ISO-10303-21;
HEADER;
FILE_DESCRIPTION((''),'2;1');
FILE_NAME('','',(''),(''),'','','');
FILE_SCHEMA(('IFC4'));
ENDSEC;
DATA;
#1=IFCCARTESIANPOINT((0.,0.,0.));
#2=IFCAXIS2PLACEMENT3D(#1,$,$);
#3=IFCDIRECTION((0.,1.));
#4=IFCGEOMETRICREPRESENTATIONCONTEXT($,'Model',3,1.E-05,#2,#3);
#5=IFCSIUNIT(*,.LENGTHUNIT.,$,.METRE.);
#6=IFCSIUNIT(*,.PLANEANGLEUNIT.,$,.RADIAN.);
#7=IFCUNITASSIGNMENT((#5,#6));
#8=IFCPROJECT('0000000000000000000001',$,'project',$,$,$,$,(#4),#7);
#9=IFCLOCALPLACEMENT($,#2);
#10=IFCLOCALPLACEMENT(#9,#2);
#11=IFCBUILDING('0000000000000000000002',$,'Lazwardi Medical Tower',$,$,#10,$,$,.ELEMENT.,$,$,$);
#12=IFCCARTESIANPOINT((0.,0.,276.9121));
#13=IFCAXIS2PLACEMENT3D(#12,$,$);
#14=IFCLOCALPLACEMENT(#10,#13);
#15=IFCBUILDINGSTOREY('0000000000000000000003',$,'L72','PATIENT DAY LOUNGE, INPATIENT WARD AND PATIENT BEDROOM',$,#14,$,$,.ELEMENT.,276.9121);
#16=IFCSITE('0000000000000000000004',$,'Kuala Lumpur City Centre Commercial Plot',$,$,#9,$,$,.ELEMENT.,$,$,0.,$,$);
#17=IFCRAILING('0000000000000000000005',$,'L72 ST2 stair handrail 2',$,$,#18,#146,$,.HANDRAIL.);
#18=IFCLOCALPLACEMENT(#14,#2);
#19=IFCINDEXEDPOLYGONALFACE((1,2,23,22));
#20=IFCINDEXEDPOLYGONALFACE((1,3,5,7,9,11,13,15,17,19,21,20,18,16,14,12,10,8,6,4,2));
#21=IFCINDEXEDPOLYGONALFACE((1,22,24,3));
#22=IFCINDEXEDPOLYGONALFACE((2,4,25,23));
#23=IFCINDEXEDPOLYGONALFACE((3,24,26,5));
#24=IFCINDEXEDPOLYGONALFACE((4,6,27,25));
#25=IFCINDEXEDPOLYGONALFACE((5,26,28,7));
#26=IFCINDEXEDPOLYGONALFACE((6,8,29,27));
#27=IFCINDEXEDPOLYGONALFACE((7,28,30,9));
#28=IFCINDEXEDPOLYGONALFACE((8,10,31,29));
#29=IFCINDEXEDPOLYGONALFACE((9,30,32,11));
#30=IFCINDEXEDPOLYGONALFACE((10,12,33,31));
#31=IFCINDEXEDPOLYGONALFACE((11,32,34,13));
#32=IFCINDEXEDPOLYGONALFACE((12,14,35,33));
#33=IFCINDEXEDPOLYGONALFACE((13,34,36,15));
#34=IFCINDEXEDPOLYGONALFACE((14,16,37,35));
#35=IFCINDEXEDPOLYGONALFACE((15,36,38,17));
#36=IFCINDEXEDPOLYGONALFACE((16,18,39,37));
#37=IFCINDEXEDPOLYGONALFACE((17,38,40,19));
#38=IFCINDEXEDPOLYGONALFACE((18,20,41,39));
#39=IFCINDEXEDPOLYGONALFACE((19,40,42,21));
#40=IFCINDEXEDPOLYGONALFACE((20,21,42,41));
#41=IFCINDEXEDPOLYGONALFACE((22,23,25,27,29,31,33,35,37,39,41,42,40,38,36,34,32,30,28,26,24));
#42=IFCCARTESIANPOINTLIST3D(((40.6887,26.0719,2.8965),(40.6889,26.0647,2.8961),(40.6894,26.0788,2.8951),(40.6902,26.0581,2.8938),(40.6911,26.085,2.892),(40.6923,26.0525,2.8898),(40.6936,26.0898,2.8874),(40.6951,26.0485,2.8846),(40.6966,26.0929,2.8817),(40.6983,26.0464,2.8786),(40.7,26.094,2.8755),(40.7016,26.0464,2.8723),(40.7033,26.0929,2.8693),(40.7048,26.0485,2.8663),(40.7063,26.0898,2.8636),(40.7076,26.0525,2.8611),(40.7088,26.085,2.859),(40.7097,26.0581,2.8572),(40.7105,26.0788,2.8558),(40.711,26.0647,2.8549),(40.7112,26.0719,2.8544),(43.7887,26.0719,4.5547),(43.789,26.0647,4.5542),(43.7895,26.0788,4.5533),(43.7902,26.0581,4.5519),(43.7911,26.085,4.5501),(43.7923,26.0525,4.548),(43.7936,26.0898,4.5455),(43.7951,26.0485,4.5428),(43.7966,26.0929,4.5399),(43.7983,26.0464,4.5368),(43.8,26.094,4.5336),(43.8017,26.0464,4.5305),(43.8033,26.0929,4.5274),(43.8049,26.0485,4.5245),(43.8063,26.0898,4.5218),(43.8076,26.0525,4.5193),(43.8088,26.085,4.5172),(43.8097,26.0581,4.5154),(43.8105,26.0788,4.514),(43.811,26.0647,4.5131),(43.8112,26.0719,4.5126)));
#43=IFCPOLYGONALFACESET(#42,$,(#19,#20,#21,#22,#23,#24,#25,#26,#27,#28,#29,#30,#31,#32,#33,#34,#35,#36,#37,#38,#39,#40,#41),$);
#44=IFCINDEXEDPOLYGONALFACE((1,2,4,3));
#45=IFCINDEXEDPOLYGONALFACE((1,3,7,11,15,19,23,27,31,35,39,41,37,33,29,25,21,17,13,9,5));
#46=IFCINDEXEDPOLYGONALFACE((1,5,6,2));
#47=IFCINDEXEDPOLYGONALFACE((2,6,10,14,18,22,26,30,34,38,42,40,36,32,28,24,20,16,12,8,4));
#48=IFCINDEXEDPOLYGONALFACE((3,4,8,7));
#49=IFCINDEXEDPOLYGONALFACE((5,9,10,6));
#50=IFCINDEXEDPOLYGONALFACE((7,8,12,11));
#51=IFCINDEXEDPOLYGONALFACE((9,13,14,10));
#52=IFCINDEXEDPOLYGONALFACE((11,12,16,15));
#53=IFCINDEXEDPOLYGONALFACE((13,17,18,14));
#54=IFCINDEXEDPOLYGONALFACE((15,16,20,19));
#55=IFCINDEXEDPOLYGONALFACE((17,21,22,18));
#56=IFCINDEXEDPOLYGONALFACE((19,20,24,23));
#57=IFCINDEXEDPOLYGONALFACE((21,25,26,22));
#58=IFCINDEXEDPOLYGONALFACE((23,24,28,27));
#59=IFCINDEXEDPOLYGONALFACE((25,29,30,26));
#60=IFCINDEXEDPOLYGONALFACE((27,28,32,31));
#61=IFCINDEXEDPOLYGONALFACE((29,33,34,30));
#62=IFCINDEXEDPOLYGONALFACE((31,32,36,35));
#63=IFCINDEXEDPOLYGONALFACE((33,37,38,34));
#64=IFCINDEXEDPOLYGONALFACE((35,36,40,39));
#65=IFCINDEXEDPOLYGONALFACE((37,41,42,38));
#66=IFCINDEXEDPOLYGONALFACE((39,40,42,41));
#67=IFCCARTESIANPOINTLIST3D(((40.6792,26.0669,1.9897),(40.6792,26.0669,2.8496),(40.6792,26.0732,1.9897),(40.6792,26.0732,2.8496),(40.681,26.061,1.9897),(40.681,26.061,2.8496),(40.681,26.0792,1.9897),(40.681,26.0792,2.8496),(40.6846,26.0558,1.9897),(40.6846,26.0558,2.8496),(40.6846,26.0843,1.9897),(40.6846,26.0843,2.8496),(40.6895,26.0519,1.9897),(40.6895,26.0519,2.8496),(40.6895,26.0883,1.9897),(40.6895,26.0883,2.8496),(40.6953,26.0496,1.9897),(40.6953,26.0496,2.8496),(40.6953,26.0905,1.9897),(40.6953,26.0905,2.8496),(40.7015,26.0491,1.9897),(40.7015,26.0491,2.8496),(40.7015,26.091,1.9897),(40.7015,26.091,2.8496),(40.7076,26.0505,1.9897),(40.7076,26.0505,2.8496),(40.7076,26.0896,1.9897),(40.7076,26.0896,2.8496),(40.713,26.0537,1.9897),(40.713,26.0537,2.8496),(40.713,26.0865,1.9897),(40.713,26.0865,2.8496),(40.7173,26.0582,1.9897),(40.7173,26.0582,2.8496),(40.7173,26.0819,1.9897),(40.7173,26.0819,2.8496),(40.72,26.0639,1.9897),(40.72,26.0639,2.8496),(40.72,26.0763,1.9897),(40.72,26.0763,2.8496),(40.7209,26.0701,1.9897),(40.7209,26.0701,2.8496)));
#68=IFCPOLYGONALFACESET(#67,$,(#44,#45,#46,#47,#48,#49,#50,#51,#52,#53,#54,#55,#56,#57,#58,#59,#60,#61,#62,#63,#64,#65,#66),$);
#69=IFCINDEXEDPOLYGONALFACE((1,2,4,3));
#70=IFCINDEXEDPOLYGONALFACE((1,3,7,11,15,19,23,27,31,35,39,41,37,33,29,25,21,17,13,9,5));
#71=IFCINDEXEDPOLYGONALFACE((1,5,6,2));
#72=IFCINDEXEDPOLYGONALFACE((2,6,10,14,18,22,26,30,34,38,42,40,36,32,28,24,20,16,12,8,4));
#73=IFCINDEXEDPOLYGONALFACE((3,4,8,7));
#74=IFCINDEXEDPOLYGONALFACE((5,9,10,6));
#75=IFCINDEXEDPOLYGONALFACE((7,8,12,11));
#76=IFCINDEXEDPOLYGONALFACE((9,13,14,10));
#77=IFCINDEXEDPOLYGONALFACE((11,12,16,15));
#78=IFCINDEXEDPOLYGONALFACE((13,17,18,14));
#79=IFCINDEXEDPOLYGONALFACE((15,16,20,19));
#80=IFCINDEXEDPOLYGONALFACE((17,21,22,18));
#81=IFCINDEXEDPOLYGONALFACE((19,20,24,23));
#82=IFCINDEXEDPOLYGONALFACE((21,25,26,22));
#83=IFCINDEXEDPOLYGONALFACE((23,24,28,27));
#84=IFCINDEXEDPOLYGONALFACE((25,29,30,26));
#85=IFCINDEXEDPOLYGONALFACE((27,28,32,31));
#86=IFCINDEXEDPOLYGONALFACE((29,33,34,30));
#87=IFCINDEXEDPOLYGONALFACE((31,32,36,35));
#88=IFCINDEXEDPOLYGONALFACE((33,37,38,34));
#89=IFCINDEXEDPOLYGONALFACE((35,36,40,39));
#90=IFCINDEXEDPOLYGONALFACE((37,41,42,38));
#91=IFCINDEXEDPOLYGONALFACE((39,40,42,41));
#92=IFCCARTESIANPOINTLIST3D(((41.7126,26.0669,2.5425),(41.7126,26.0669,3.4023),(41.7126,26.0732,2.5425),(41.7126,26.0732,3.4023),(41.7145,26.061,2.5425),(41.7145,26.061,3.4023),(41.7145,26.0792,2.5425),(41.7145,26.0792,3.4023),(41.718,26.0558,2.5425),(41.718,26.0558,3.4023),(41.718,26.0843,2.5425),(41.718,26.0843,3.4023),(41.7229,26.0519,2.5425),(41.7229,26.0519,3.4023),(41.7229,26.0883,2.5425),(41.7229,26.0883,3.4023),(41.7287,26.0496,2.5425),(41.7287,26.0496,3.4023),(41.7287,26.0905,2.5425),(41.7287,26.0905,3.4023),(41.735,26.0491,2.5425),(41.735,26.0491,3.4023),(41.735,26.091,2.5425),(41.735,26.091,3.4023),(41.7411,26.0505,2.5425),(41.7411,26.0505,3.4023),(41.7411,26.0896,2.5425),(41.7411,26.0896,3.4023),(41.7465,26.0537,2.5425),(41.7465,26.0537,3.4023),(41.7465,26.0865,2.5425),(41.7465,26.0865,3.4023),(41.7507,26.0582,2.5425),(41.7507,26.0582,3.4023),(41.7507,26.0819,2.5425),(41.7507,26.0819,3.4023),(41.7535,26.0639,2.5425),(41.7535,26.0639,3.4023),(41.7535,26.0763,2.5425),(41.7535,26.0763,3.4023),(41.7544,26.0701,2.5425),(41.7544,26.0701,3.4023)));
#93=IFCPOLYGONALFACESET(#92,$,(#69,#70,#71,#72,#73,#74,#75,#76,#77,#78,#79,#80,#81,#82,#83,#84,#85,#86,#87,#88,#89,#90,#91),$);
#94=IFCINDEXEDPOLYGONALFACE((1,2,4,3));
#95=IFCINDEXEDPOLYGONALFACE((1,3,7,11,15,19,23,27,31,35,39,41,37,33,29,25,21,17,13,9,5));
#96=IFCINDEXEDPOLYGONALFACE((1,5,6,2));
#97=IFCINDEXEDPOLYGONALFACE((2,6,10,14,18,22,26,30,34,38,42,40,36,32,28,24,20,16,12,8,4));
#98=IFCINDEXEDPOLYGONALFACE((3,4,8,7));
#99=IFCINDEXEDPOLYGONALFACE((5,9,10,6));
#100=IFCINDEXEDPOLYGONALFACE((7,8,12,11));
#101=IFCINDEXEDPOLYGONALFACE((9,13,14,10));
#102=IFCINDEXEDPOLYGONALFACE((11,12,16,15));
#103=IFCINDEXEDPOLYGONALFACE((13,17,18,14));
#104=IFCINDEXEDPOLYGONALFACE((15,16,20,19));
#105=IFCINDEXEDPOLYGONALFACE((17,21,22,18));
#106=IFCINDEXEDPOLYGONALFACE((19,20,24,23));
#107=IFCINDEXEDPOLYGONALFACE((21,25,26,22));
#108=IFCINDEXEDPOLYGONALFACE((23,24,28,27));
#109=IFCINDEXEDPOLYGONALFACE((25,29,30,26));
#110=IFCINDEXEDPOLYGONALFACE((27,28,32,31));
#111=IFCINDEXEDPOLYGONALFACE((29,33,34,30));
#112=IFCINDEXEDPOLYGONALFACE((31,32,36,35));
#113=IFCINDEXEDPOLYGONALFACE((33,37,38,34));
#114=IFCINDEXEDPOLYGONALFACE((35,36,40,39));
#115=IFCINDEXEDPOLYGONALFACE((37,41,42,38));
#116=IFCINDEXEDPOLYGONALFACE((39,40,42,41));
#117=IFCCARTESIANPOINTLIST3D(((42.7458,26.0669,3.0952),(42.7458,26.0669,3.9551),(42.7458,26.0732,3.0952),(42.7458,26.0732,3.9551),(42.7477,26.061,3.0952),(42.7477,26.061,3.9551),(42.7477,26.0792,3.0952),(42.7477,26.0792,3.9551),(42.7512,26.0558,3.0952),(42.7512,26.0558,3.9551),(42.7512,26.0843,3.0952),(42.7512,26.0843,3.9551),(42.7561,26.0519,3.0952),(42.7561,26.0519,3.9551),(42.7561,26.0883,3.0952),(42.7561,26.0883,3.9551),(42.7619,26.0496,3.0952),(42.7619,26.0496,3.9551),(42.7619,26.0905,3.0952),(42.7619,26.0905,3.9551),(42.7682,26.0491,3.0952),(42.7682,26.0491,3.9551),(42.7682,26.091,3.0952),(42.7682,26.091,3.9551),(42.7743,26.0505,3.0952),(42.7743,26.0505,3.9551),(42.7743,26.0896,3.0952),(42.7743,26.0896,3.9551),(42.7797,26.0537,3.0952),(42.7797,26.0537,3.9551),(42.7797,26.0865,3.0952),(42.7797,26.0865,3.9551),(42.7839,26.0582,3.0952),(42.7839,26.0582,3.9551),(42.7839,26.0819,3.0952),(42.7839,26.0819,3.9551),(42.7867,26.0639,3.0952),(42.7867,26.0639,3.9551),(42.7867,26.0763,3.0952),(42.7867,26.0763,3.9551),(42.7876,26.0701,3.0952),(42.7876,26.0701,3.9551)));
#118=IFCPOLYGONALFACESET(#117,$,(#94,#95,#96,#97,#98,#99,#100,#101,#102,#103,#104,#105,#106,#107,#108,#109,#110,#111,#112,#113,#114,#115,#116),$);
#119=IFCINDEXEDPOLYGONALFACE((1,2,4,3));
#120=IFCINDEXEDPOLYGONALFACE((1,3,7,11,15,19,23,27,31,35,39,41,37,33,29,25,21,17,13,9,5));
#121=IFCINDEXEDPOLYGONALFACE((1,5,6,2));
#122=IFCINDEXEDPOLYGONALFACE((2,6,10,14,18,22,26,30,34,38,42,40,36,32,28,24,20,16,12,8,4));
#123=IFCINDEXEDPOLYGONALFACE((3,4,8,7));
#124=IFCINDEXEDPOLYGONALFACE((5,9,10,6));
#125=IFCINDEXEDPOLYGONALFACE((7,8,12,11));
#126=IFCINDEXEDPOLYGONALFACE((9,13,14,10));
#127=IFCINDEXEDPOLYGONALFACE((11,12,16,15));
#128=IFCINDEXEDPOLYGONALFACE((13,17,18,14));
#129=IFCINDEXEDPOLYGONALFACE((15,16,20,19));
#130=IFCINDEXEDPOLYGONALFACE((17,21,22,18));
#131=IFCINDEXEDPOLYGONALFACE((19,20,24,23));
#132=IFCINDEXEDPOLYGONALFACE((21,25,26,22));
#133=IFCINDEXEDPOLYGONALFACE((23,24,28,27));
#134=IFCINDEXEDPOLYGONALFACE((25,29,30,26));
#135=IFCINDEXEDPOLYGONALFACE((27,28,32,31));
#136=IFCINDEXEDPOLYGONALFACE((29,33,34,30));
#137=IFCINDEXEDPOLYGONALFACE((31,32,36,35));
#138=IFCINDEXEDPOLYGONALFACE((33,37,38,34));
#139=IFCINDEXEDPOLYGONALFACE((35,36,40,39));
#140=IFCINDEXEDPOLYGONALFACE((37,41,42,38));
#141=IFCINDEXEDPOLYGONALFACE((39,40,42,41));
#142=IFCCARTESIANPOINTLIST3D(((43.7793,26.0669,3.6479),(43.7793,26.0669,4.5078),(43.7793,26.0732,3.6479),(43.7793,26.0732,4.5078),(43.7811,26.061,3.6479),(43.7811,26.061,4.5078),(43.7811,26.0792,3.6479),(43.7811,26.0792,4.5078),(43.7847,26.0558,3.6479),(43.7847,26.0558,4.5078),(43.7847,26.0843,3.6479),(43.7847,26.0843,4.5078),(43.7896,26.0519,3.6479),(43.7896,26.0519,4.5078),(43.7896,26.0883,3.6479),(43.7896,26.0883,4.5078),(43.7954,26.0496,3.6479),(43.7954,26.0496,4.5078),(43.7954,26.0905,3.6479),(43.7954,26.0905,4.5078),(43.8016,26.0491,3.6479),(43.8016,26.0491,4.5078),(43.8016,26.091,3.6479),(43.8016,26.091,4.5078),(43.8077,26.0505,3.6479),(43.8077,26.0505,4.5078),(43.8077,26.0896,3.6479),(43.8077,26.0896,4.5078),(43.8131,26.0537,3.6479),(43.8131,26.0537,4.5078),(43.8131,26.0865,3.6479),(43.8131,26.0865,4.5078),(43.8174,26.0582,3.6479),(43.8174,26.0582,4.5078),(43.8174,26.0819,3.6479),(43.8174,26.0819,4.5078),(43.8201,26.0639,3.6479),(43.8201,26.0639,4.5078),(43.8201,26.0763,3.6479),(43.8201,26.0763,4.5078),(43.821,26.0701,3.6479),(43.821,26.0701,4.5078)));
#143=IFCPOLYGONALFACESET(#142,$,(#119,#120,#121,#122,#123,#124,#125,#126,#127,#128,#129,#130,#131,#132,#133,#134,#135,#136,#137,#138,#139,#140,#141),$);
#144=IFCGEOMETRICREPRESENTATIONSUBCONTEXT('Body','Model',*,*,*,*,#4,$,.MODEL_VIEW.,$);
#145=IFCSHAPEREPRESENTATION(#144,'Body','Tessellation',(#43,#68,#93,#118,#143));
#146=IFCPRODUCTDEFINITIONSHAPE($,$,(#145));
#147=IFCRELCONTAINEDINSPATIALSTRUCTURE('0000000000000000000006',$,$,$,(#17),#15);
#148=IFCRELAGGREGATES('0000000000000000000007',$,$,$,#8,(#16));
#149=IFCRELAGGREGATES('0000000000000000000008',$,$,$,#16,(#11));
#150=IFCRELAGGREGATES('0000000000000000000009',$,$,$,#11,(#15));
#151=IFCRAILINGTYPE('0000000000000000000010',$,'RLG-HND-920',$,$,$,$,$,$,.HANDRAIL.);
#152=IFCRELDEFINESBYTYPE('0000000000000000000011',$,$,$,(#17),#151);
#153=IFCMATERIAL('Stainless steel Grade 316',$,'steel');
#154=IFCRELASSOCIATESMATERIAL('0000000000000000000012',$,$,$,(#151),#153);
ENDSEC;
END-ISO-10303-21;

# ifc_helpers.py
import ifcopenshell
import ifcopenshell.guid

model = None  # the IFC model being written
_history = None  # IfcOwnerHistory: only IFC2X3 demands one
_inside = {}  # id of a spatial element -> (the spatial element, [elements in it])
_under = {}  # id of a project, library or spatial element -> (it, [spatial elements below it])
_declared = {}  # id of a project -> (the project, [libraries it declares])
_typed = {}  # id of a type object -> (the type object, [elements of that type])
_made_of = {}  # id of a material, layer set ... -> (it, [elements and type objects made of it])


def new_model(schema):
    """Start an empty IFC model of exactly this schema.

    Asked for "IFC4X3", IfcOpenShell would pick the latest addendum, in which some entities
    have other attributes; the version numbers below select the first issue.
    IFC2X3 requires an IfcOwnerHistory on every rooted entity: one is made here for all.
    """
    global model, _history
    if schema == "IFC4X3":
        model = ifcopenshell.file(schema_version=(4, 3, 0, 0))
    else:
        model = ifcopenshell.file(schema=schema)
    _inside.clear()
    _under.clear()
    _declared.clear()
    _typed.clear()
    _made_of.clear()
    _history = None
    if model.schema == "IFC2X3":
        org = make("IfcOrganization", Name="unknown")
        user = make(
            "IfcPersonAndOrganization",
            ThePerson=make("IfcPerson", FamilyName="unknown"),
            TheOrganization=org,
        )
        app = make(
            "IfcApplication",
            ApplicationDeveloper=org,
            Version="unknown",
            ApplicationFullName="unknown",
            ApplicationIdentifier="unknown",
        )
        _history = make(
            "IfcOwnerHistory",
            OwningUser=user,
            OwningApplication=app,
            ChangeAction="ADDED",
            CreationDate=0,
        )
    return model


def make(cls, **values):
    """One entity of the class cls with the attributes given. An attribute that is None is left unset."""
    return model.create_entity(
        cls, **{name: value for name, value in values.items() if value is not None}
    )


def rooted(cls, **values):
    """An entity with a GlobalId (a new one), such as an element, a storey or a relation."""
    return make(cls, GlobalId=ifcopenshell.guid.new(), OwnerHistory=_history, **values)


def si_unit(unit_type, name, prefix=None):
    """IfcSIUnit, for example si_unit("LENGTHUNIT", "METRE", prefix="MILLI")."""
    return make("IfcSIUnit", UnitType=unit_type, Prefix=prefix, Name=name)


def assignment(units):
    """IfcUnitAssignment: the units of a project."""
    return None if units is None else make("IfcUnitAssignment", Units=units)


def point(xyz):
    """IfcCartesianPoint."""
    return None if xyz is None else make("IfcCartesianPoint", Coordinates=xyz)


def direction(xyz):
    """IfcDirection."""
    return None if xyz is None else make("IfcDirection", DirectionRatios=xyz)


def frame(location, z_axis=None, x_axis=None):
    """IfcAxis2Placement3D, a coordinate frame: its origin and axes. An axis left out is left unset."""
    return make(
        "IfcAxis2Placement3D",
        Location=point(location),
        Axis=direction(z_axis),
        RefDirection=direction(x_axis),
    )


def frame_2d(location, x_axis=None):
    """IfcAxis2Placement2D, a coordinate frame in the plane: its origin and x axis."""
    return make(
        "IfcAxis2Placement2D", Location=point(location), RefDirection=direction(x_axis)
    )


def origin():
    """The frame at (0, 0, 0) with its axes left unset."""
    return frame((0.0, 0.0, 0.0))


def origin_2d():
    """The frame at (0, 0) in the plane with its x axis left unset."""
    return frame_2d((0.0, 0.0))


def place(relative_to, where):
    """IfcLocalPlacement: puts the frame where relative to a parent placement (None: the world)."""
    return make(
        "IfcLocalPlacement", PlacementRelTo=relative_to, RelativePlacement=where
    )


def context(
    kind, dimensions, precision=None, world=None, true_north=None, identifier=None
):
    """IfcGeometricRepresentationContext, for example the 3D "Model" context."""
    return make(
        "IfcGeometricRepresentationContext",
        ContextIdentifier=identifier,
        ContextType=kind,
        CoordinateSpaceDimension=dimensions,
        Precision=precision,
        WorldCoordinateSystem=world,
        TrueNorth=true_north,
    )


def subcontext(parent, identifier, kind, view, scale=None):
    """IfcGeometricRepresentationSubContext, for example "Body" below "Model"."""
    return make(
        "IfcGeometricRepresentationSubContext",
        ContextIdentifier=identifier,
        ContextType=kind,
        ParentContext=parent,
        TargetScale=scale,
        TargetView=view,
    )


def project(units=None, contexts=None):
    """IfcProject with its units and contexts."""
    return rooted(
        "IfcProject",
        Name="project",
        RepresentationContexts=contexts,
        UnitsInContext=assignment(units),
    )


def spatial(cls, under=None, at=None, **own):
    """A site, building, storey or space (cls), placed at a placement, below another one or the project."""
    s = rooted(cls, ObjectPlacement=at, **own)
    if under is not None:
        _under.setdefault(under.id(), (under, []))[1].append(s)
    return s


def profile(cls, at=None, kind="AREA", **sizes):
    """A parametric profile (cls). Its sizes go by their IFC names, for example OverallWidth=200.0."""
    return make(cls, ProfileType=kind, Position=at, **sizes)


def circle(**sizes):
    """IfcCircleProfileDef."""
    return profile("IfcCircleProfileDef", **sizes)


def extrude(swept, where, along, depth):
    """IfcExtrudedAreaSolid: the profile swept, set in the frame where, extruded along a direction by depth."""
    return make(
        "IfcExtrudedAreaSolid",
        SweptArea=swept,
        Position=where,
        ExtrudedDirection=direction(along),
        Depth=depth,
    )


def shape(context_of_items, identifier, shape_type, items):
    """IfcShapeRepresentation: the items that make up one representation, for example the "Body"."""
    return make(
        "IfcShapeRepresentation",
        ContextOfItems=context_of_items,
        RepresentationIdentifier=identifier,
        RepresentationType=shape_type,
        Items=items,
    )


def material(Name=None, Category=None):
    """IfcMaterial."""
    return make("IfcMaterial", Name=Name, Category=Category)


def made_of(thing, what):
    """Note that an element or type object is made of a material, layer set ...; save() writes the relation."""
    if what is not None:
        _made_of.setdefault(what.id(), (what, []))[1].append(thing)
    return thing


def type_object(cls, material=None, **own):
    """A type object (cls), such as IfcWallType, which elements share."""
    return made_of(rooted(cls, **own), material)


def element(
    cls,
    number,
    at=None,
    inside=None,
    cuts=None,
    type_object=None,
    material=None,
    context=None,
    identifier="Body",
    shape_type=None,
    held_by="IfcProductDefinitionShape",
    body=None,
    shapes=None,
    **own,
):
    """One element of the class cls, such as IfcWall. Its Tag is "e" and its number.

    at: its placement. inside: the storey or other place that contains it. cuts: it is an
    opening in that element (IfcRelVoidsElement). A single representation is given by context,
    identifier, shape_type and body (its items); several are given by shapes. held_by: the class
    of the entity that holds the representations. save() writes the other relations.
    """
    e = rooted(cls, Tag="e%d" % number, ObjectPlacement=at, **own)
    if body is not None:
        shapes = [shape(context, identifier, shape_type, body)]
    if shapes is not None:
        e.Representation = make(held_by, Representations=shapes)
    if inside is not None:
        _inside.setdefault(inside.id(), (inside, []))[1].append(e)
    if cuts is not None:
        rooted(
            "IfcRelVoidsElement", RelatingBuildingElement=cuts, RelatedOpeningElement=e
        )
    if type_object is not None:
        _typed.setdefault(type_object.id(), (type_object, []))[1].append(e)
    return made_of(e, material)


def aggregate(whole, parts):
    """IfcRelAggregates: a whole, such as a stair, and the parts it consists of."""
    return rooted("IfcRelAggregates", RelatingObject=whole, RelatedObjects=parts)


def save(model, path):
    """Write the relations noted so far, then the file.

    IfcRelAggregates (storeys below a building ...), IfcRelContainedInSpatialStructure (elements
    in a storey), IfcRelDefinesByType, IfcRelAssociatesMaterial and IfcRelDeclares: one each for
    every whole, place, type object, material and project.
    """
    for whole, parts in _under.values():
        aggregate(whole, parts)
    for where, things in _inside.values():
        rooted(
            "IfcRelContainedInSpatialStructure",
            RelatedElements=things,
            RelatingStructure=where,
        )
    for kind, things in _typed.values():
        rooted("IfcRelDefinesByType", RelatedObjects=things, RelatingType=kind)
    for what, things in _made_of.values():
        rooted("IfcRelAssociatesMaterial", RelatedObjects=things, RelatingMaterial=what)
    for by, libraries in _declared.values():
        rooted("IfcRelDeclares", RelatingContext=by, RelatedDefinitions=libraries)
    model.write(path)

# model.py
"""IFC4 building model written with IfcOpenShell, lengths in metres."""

from ifc_helpers import new_model, si_unit, direction, frame, origin, origin_2d, place, context, subcontext, project, spatial, circle, extrude, material, type_object, element, save


model = new_model("IFC4")

# Units and contexts
model_context = context("Model", 3, precision=1e-05, world=origin(), true_north=direction((0.0, 1.0)))
body_context = subcontext(model_context, "Body", "Model", "MODEL_VIEW")
ifc_project = project(units=[si_unit("LENGTHUNIT", "METRE"), si_unit("PLANEANGLEUNIT", "RADIAN")], contexts=[model_context])

# Site, building, storey
site_placement = place(None, origin())
site = spatial("IfcSite", under=ifc_project, at=site_placement, Name="Kuala Lumpur City Centre Commercial Plot", CompositionType="ELEMENT", RefElevation=0.0)
building_placement = place(site_placement, origin())
building = spatial("IfcBuilding", under=site, at=building_placement, Name="Lazwardi Medical Tower", CompositionType="ELEMENT")
storey_placement = place(building_placement, frame((0.0, 0.0, 276.9121)))
storey = spatial("IfcBuildingStorey", under=building, at=storey_placement, Name="L72", Description="PATIENT DAY LOUNGE, INPATIENT WARD AND PATIENT BEDROOM", CompositionType="ELEMENT", Elevation=276.9121)

# Railing
ifc_material_1 = material(Name="Stainless steel Grade 316", Category="steel")
railing_type_1 = type_object("IfcRailingType", Name="RLG-HND-920", PredefinedType="HANDRAIL", material=ifc_material_1)
railing_1_placement = place(storey_placement, frame((40.7, 26.0701, 1.9897)))
element("IfcRailing", 1, at=railing_1_placement, inside=storey, type_object=railing_type_1, Name="L72 ST2 stair handrail 2", PredefinedType="HANDRAIL", context=body_context, shape_type="SweptSolid", body=[
    extrude(circle(Radius=0.0239, at=origin_2d()), frame((0.0, 0.0, 0.8857), z_axis=(0.881783, 0.0, 0.471655), x_axis=(0.0, 1.0, 0.0)), (0.0, 0.0, 1.0), 3.5156),
    extrude(circle(Radius=0.021, at=origin_2d()), origin(), (0.0, 0.0, 1.0), 0.8599),
    extrude(circle(Radius=0.021, at=origin_2d()), frame((1.0334, 0.0, 0.5527)), (0.0, 0.0, 1.0), 0.8599),
    extrude(circle(Radius=0.021, at=origin_2d()), frame((2.0667, 0.0, 1.1055)), (0.0, 0.0, 1.0), 0.8599),
    extrude(circle(Radius=0.021, at=origin_2d()), frame((3.1001, 0.0, 1.6582)), (0.0, 0.0, 1.0), 0.8599),
])

save(model, "model.ifc")
